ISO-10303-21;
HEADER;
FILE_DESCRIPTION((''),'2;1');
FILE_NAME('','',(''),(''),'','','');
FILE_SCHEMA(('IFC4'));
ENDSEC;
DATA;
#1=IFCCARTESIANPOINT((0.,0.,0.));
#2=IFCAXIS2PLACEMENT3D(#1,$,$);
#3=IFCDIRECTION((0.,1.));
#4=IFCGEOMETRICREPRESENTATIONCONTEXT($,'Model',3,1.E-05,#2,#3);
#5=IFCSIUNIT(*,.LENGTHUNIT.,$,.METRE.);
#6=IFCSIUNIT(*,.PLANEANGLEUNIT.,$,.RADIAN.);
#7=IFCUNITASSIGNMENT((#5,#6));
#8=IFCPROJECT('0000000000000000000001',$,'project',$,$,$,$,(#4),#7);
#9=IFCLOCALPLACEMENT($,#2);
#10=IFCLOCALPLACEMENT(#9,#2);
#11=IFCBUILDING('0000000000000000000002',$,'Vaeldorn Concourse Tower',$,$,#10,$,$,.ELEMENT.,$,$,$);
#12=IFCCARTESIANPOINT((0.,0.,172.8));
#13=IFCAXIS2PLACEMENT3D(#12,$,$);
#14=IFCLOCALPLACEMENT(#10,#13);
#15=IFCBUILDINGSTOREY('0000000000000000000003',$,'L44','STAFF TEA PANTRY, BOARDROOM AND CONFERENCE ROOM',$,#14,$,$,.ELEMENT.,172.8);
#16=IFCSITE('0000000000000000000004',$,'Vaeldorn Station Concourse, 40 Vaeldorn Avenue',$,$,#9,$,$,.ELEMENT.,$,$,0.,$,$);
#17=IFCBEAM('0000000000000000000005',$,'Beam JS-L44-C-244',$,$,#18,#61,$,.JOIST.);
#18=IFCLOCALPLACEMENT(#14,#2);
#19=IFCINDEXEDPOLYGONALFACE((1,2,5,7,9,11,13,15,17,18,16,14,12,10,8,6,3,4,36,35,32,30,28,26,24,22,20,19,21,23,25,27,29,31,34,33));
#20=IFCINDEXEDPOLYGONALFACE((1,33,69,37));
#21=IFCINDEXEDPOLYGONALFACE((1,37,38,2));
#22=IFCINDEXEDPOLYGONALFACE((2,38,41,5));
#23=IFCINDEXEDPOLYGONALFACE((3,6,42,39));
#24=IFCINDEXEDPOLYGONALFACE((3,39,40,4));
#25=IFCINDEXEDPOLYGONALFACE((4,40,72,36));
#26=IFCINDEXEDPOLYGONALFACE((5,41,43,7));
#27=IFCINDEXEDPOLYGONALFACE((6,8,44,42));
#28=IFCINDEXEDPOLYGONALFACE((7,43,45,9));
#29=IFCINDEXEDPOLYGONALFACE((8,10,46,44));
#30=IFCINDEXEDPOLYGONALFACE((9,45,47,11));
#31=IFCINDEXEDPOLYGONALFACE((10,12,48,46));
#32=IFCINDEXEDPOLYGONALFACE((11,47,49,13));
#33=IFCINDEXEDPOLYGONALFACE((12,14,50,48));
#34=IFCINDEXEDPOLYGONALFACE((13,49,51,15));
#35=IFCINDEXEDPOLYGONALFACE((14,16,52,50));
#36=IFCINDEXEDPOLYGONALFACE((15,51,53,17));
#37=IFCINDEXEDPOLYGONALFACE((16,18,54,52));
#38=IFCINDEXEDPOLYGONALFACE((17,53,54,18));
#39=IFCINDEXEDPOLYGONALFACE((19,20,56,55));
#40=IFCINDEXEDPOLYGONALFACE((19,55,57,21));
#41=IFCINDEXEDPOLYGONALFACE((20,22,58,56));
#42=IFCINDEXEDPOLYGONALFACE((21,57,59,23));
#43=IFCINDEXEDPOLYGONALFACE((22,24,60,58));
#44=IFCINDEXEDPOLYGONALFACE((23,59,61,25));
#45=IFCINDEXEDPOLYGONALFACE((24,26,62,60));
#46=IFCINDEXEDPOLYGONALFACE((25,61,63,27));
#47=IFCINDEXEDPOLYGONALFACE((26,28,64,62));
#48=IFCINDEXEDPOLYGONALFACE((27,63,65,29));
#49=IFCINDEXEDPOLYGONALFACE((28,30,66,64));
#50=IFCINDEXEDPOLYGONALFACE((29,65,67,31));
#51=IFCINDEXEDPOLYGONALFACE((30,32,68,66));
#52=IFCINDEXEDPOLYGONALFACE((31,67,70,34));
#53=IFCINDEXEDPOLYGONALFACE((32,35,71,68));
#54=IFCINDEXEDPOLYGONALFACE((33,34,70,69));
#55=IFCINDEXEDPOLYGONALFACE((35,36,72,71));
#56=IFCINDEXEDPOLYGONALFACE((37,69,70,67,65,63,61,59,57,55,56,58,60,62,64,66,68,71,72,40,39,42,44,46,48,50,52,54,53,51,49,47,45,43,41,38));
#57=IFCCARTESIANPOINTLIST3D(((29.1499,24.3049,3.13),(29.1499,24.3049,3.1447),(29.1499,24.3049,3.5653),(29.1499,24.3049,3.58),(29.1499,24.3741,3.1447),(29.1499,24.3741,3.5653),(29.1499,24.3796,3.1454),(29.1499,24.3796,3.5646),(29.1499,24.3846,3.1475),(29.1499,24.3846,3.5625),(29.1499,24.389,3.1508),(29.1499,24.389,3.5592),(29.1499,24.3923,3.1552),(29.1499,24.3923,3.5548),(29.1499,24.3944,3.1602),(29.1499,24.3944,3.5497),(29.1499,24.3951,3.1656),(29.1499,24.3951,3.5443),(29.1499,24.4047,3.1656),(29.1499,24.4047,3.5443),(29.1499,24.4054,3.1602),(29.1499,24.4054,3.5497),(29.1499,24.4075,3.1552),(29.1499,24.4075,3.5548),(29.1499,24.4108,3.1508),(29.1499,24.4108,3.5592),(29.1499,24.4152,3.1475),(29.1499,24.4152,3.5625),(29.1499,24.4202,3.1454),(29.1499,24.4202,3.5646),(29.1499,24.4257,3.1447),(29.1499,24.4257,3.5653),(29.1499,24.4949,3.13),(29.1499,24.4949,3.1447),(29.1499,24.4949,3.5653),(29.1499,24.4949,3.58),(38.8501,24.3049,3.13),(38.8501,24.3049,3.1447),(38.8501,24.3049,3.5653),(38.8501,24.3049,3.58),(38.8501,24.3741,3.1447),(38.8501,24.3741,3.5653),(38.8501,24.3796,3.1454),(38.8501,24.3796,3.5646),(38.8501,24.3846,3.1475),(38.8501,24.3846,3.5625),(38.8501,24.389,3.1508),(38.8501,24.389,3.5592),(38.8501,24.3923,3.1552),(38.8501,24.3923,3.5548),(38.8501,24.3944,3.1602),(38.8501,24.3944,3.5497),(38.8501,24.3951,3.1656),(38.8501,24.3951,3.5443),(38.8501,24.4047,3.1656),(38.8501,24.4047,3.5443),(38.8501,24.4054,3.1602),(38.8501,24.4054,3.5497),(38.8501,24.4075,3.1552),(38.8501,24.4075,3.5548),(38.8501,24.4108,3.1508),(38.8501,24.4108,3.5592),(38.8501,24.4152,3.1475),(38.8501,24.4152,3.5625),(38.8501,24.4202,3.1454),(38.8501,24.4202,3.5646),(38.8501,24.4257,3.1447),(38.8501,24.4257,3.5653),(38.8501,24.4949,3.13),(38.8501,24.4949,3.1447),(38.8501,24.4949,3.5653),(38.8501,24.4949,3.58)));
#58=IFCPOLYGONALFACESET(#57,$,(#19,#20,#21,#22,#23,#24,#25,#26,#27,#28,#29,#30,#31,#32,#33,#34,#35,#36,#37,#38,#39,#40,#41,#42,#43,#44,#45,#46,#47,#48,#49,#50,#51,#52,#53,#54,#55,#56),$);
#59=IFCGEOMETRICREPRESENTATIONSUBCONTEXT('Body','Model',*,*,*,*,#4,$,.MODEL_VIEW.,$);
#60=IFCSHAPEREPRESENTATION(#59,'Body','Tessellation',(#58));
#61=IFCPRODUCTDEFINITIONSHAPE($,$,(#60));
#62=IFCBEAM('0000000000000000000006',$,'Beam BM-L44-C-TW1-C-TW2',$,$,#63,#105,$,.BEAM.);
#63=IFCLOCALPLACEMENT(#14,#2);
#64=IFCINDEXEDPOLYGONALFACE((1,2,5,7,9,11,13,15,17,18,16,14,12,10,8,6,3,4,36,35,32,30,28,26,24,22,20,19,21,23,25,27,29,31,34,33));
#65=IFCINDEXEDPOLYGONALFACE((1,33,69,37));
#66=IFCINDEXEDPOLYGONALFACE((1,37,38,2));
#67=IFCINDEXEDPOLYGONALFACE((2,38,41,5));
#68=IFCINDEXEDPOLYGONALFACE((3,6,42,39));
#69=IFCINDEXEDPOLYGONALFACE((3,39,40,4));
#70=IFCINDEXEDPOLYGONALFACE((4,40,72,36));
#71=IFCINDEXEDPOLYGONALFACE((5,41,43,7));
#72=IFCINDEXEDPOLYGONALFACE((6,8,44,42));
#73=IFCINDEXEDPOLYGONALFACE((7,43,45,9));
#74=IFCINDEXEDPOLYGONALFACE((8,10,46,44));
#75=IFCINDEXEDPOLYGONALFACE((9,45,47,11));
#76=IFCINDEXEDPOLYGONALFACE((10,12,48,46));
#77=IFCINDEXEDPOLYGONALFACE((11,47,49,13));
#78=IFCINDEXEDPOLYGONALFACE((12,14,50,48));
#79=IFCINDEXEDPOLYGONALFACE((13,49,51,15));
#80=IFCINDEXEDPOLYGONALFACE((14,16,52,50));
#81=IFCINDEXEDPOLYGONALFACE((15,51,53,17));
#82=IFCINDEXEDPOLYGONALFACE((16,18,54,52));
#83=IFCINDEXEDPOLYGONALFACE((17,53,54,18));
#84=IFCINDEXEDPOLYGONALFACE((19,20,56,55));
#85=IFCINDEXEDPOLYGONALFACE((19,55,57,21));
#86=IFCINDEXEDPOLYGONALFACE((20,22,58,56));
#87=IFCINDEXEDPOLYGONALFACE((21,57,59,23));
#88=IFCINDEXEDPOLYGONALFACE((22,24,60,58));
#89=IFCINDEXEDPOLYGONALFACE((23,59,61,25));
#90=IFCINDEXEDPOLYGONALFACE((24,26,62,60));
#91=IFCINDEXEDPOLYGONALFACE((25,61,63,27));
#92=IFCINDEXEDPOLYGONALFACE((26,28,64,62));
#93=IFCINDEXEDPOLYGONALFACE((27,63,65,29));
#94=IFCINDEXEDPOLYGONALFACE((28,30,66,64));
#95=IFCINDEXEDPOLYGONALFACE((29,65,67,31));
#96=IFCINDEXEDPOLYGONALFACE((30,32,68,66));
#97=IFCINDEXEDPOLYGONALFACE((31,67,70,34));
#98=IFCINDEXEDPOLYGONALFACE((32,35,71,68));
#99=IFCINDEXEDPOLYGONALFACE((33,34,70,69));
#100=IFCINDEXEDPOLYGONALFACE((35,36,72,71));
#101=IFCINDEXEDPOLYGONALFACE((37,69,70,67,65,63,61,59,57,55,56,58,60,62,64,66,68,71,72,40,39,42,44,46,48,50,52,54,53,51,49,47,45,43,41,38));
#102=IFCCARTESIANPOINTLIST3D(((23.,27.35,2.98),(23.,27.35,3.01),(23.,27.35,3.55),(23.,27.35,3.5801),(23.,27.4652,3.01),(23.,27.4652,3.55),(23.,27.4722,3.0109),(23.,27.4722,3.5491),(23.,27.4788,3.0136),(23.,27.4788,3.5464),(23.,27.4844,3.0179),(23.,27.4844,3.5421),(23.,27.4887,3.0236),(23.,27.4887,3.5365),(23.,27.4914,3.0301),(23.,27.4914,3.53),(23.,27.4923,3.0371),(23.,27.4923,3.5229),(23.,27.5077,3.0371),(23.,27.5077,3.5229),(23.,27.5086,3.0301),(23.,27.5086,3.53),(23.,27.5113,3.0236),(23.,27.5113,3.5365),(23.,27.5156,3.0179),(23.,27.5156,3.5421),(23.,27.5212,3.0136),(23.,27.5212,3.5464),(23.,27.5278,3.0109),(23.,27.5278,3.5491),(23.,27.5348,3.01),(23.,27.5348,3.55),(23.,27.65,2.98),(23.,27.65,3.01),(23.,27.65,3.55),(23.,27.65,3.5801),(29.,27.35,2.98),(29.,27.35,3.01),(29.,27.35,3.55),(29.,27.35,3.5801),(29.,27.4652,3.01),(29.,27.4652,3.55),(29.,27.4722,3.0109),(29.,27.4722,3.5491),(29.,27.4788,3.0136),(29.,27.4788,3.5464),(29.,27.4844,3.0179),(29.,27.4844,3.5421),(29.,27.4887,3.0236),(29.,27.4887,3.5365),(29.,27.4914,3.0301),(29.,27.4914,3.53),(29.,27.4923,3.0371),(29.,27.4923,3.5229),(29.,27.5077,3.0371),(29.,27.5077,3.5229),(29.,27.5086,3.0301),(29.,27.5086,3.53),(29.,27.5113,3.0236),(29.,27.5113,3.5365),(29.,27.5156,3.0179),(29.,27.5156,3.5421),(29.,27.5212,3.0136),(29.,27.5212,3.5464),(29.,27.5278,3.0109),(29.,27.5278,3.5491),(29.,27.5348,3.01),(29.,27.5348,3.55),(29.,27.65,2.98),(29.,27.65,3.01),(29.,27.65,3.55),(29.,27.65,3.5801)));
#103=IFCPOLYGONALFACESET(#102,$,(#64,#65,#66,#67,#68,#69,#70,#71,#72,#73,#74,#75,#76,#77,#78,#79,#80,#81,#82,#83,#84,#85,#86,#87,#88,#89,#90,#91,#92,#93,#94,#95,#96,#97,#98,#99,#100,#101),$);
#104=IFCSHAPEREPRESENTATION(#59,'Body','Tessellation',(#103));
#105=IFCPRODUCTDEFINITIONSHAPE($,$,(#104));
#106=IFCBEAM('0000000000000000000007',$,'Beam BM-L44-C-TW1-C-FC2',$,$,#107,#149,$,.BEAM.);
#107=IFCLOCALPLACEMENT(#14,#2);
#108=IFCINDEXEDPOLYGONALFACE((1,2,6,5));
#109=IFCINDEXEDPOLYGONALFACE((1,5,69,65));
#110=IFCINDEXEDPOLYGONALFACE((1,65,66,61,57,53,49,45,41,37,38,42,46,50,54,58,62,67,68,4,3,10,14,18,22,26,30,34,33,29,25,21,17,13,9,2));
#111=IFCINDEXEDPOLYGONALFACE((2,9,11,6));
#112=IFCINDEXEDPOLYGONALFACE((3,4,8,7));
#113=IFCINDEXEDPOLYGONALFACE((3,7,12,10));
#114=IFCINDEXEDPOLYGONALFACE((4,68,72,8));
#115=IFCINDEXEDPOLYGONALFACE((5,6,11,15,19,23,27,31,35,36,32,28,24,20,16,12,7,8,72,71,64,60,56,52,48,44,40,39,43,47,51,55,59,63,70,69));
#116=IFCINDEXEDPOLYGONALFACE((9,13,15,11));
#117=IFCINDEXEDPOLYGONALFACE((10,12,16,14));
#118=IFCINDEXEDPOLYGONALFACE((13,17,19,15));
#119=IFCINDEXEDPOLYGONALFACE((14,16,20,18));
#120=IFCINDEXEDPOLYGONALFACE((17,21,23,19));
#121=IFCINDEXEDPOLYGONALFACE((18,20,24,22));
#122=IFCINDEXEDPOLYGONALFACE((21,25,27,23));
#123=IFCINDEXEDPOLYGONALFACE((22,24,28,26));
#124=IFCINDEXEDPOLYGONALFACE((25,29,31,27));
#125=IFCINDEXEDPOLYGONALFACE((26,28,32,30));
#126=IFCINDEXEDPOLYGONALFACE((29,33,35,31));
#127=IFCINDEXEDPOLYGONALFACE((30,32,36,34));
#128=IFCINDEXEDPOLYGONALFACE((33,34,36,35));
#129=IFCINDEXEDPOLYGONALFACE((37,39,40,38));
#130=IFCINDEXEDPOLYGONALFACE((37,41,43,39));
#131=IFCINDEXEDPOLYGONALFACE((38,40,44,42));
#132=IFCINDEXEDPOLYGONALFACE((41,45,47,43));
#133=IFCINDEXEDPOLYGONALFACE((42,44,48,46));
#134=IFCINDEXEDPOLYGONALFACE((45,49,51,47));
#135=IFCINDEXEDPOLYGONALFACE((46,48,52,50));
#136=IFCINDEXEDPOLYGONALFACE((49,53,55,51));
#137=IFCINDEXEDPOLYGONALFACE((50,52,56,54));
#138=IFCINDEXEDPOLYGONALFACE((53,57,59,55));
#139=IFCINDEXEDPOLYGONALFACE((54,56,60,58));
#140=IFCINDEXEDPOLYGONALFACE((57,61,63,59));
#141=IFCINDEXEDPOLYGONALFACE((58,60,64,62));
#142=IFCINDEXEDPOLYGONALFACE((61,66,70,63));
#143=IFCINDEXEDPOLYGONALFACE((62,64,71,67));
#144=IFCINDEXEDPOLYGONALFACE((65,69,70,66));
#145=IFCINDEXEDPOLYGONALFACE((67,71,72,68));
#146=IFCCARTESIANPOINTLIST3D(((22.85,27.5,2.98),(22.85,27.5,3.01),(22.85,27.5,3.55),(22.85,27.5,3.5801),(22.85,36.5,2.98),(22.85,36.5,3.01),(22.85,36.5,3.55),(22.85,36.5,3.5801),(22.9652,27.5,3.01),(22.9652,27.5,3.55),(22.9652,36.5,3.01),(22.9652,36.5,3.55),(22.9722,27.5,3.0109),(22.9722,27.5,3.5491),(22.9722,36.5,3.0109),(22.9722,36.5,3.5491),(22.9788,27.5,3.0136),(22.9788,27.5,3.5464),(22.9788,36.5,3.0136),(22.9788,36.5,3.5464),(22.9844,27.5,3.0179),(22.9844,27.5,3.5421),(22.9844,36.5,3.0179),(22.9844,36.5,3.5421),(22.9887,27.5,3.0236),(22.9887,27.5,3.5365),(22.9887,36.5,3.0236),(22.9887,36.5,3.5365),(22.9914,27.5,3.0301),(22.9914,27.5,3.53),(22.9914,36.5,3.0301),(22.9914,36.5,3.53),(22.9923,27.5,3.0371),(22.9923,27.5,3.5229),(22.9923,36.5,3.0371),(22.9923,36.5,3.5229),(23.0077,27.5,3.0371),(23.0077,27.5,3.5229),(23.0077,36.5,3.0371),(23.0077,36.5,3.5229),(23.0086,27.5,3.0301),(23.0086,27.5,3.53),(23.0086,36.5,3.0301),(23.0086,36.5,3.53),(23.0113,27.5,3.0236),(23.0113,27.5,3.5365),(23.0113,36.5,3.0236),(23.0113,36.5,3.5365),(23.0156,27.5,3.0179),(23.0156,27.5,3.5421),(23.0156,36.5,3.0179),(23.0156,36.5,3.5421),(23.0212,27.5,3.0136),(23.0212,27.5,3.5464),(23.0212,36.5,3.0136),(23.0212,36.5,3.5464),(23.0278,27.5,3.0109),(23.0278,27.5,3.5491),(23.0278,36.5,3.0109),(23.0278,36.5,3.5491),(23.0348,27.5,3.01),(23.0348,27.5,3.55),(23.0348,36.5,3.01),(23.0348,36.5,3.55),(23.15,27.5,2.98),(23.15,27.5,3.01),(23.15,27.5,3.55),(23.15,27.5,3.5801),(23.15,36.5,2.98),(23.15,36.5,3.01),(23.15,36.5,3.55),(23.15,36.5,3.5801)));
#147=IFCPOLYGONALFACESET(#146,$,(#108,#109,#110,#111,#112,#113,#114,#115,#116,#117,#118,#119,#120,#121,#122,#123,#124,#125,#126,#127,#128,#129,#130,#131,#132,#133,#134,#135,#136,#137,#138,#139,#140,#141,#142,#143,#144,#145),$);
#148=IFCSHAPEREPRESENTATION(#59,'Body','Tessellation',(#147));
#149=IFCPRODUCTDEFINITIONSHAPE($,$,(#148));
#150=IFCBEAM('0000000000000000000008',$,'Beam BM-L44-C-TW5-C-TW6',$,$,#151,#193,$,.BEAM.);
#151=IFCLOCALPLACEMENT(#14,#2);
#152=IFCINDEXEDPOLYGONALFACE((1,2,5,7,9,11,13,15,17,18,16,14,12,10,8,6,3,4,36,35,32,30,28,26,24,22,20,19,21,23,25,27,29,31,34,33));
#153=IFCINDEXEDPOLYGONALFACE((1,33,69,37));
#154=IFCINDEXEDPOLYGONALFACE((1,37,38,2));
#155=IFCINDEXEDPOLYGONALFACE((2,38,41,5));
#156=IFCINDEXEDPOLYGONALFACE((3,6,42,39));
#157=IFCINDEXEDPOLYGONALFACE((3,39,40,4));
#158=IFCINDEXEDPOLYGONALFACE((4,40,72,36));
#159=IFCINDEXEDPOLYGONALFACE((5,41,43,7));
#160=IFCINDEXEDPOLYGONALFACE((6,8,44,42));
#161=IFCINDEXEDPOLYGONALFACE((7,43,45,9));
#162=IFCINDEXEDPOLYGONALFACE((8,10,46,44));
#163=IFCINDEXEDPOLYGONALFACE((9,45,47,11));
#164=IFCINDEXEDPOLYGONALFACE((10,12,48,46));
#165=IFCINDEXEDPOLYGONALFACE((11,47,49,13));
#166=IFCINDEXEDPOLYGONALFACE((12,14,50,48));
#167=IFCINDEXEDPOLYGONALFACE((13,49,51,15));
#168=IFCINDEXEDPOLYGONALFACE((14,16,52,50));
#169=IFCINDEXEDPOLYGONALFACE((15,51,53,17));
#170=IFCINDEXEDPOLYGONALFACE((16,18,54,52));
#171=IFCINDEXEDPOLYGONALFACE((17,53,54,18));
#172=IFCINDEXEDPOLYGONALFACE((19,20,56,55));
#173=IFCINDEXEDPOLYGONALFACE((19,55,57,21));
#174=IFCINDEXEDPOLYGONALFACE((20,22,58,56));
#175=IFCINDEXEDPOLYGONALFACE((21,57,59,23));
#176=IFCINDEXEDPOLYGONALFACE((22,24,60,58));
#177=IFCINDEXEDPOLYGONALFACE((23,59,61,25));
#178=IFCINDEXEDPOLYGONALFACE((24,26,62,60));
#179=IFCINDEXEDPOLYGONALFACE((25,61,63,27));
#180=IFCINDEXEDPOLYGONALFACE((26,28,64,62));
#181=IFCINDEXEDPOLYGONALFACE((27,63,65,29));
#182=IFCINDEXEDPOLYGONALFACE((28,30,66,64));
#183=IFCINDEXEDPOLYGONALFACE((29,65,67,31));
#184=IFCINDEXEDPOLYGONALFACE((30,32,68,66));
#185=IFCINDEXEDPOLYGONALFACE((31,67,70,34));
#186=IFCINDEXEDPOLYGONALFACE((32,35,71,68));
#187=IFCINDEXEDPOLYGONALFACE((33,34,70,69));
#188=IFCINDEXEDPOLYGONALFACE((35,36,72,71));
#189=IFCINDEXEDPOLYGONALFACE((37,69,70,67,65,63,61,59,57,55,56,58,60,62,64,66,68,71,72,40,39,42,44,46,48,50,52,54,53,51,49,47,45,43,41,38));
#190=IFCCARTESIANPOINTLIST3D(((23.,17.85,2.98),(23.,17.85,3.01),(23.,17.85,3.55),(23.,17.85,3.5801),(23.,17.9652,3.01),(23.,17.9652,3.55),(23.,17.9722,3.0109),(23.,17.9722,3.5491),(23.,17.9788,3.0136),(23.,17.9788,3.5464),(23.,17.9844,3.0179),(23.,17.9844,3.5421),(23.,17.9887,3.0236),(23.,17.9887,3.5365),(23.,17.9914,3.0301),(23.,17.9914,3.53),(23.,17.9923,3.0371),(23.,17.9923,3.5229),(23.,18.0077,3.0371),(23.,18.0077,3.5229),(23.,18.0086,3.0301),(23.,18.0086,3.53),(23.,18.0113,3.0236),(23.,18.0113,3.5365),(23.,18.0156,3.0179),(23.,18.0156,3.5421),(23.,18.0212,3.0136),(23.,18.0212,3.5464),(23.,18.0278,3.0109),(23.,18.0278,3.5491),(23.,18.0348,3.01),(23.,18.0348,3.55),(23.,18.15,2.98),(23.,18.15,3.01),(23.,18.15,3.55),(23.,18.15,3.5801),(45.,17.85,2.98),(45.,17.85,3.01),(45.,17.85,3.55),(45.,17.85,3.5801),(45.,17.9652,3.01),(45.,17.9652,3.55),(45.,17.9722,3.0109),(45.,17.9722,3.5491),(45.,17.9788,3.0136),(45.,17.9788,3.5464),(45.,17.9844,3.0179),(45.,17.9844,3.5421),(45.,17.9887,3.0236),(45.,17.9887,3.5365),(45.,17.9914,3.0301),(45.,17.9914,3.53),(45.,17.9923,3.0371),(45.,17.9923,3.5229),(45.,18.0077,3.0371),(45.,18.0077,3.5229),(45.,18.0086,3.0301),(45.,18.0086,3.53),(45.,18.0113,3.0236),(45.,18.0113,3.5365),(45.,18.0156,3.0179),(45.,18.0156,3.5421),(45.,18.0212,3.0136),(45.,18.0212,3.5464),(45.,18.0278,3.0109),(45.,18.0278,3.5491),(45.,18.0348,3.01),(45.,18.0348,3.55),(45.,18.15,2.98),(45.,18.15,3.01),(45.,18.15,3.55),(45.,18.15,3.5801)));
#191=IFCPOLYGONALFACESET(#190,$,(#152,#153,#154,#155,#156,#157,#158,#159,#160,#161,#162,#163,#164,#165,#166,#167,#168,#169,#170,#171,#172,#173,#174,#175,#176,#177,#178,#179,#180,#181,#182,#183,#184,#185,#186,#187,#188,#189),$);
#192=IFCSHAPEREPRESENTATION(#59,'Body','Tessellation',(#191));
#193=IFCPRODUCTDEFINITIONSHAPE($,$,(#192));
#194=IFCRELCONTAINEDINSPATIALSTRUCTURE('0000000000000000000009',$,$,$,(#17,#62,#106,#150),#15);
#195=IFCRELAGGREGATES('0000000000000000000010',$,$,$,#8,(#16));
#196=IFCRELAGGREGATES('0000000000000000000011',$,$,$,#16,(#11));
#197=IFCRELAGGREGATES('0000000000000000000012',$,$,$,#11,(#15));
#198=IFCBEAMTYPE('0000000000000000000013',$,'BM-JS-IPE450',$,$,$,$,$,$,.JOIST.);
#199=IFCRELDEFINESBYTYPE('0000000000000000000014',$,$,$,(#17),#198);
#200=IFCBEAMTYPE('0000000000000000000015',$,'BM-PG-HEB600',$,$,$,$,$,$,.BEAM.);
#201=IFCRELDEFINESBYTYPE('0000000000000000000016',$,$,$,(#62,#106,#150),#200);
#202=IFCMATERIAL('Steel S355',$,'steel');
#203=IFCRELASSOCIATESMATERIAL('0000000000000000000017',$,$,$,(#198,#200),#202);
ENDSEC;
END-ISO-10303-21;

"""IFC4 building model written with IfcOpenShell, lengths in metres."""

from ifc_helpers import new_model, si_unit, direction, frame, origin, origin_2d, place, context, subcontext, project, spatial, i_section, extrude, source, transform, mapped, material, material_profile, profile_set, type_object, element, save


model = new_model("IFC4")

# Units and contexts
model_context = context("Model", 3, precision=1e-05, world=origin(), true_north=direction((0.0, 1.0)))
body_context = subcontext(model_context, "Body", "Model", "MODEL_VIEW")
ifc_project = project(units=[si_unit("LENGTHUNIT", "METRE"), si_unit("PLANEANGLEUNIT", "RADIAN")], contexts=[model_context])

# Site, building, storey
site_placement = place(None, origin())
site = spatial("IfcSite", under=ifc_project, at=site_placement, Name="Vaeldorn Station Concourse, 40 Vaeldorn Avenue", CompositionType="ELEMENT", RefElevation=0.0)
building_placement = place(site_placement, origin())
building = spatial("IfcBuilding", under=site, at=building_placement, Name="Vaeldorn Concourse Tower", CompositionType="ELEMENT")
storey_placement = place(building_placement, frame((0.0, 0.0, 172.8)))
storey = spatial("IfcBuildingStorey", under=building, at=storey_placement, Name="L44", Description="STAFF TEA PANTRY, BOARDROOM AND CONFERENCE ROOM", CompositionType="ELEMENT", Elevation=172.8)

# Shared definitions
ifc_material_1 = material(Name="Steel S355", Category="steel")

# Beams
ifc_material_profile_1 = material_profile(ifc_material_1, i_section(OverallWidth=0.1899, OverallDepth=0.45, WebThickness=0.0095, FlangeThickness=0.0146, FilletRadius=0.021, at=origin_2d()), Name="IPE 450")
ifc_profile_set_1 = profile_set([ifc_material_profile_1], Name="Steel S355")
beam_type_1 = type_object("IfcBeamType", Name="BM-JS-IPE450", PredefinedType="JOIST", material=ifc_profile_set_1)
shared_shape_1 = source(origin(), body_context, "Body", "SweptSolid", [
    extrude(i_section(OverallWidth=0.1899, OverallDepth=0.45, WebThickness=0.0095, FlangeThickness=0.0146, FilletRadius=0.021, at=origin_2d()), origin(), (0.0, 0.0, 1.0), 9.7002),
])
for number, where, z_axis, x_axis, name in (
    (1, (29.1499, 24.3999, 3.355), (1.0, 0.0, 0.0), (0.0, 1.0, 0.0), "Beam JS-L44-C-244"),
):
    element("IfcBeam", number, at=place(storey_placement, frame(where, z_axis=z_axis, x_axis=x_axis)), inside=storey, type_object=beam_type_1, Name=name, PredefinedType="JOIST", context=body_context, shape_type="MappedRepresentation", body=[
        mapped(shared_shape_1, transform((0.0, 0.0, 0.0), scale=1.0)),
    ])
ifc_material_profile_2 = material_profile(ifc_material_1, i_section(OverallWidth=0.3, OverallDepth=0.6001, WebThickness=0.0154, FlangeThickness=0.03, FilletRadius=0.0271, at=origin_2d()), Name="HEB 600")
ifc_profile_set_2 = profile_set([ifc_material_profile_2], Name="Steel S355")
beam_type_2 = type_object("IfcBeamType", Name="BM-PG-HEB600", PredefinedType="BEAM", material=ifc_profile_set_2)
shared_shape_2 = source(origin(), body_context, "Body", "SweptSolid", [
    extrude(i_section(OverallWidth=0.3, OverallDepth=0.6001, WebThickness=0.0154, FlangeThickness=0.03, FilletRadius=0.0271, at=origin_2d()), origin(), (0.0, 0.0, 1.0), 6.0),
])
beam_1_placement = place(storey_placement, frame((23.0, 27.5, 3.28), z_axis=(1.0, 0.0, 0.0), x_axis=(0.0, 1.0, 0.0)))
element("IfcBeam", 2, at=beam_1_placement, inside=storey, type_object=beam_type_2, Name="Beam BM-L44-C-TW1-C-TW2", PredefinedType="BEAM", context=body_context, shape_type="MappedRepresentation", body=[
    mapped(shared_shape_2, transform((0.0, 0.0, 0.0), scale=1.0)),
])
shared_shape_3 = source(origin(), body_context, "Body", "SweptSolid", [
    extrude(i_section(OverallWidth=0.3, OverallDepth=0.6001, WebThickness=0.0154, FlangeThickness=0.03, FilletRadius=0.0271, at=origin_2d()), origin(), (0.0, 0.0, 1.0), 9.0),
])
beam_2_placement = place(storey_placement, frame((23.0, 27.5, 3.28), z_axis=(0.0, 1.0, 0.0), x_axis=(-1.0, 0.0, 0.0)))
element("IfcBeam", 3, at=beam_2_placement, inside=storey, type_object=beam_type_2, Name="Beam BM-L44-C-TW1-C-FC2", PredefinedType="BEAM", context=body_context, shape_type="MappedRepresentation", body=[
    mapped(shared_shape_3, transform((0.0, 0.0, 0.0), scale=1.0)),
])
shared_shape_4 = source(origin(), body_context, "Body", "SweptSolid", [
    extrude(i_section(OverallWidth=0.3, OverallDepth=0.6001, WebThickness=0.0154, FlangeThickness=0.03, FilletRadius=0.0271, at=origin_2d()), origin(), (0.0, 0.0, 1.0), 22.0),
])
beam_3_placement = place(storey_placement, frame((23.0, 18.0, 3.28), z_axis=(1.0, 0.0, 0.0), x_axis=(0.0, 1.0, 0.0)))
element("IfcBeam", 4, at=beam_3_placement, inside=storey, type_object=beam_type_2, Name="Beam BM-L44-C-TW5-C-TW6", PredefinedType="BEAM", context=body_context, shape_type="MappedRepresentation", body=[
    mapped(shared_shape_4, transform((0.0, 0.0, 0.0), scale=1.0)),
])

save(model, "model.ifc")
